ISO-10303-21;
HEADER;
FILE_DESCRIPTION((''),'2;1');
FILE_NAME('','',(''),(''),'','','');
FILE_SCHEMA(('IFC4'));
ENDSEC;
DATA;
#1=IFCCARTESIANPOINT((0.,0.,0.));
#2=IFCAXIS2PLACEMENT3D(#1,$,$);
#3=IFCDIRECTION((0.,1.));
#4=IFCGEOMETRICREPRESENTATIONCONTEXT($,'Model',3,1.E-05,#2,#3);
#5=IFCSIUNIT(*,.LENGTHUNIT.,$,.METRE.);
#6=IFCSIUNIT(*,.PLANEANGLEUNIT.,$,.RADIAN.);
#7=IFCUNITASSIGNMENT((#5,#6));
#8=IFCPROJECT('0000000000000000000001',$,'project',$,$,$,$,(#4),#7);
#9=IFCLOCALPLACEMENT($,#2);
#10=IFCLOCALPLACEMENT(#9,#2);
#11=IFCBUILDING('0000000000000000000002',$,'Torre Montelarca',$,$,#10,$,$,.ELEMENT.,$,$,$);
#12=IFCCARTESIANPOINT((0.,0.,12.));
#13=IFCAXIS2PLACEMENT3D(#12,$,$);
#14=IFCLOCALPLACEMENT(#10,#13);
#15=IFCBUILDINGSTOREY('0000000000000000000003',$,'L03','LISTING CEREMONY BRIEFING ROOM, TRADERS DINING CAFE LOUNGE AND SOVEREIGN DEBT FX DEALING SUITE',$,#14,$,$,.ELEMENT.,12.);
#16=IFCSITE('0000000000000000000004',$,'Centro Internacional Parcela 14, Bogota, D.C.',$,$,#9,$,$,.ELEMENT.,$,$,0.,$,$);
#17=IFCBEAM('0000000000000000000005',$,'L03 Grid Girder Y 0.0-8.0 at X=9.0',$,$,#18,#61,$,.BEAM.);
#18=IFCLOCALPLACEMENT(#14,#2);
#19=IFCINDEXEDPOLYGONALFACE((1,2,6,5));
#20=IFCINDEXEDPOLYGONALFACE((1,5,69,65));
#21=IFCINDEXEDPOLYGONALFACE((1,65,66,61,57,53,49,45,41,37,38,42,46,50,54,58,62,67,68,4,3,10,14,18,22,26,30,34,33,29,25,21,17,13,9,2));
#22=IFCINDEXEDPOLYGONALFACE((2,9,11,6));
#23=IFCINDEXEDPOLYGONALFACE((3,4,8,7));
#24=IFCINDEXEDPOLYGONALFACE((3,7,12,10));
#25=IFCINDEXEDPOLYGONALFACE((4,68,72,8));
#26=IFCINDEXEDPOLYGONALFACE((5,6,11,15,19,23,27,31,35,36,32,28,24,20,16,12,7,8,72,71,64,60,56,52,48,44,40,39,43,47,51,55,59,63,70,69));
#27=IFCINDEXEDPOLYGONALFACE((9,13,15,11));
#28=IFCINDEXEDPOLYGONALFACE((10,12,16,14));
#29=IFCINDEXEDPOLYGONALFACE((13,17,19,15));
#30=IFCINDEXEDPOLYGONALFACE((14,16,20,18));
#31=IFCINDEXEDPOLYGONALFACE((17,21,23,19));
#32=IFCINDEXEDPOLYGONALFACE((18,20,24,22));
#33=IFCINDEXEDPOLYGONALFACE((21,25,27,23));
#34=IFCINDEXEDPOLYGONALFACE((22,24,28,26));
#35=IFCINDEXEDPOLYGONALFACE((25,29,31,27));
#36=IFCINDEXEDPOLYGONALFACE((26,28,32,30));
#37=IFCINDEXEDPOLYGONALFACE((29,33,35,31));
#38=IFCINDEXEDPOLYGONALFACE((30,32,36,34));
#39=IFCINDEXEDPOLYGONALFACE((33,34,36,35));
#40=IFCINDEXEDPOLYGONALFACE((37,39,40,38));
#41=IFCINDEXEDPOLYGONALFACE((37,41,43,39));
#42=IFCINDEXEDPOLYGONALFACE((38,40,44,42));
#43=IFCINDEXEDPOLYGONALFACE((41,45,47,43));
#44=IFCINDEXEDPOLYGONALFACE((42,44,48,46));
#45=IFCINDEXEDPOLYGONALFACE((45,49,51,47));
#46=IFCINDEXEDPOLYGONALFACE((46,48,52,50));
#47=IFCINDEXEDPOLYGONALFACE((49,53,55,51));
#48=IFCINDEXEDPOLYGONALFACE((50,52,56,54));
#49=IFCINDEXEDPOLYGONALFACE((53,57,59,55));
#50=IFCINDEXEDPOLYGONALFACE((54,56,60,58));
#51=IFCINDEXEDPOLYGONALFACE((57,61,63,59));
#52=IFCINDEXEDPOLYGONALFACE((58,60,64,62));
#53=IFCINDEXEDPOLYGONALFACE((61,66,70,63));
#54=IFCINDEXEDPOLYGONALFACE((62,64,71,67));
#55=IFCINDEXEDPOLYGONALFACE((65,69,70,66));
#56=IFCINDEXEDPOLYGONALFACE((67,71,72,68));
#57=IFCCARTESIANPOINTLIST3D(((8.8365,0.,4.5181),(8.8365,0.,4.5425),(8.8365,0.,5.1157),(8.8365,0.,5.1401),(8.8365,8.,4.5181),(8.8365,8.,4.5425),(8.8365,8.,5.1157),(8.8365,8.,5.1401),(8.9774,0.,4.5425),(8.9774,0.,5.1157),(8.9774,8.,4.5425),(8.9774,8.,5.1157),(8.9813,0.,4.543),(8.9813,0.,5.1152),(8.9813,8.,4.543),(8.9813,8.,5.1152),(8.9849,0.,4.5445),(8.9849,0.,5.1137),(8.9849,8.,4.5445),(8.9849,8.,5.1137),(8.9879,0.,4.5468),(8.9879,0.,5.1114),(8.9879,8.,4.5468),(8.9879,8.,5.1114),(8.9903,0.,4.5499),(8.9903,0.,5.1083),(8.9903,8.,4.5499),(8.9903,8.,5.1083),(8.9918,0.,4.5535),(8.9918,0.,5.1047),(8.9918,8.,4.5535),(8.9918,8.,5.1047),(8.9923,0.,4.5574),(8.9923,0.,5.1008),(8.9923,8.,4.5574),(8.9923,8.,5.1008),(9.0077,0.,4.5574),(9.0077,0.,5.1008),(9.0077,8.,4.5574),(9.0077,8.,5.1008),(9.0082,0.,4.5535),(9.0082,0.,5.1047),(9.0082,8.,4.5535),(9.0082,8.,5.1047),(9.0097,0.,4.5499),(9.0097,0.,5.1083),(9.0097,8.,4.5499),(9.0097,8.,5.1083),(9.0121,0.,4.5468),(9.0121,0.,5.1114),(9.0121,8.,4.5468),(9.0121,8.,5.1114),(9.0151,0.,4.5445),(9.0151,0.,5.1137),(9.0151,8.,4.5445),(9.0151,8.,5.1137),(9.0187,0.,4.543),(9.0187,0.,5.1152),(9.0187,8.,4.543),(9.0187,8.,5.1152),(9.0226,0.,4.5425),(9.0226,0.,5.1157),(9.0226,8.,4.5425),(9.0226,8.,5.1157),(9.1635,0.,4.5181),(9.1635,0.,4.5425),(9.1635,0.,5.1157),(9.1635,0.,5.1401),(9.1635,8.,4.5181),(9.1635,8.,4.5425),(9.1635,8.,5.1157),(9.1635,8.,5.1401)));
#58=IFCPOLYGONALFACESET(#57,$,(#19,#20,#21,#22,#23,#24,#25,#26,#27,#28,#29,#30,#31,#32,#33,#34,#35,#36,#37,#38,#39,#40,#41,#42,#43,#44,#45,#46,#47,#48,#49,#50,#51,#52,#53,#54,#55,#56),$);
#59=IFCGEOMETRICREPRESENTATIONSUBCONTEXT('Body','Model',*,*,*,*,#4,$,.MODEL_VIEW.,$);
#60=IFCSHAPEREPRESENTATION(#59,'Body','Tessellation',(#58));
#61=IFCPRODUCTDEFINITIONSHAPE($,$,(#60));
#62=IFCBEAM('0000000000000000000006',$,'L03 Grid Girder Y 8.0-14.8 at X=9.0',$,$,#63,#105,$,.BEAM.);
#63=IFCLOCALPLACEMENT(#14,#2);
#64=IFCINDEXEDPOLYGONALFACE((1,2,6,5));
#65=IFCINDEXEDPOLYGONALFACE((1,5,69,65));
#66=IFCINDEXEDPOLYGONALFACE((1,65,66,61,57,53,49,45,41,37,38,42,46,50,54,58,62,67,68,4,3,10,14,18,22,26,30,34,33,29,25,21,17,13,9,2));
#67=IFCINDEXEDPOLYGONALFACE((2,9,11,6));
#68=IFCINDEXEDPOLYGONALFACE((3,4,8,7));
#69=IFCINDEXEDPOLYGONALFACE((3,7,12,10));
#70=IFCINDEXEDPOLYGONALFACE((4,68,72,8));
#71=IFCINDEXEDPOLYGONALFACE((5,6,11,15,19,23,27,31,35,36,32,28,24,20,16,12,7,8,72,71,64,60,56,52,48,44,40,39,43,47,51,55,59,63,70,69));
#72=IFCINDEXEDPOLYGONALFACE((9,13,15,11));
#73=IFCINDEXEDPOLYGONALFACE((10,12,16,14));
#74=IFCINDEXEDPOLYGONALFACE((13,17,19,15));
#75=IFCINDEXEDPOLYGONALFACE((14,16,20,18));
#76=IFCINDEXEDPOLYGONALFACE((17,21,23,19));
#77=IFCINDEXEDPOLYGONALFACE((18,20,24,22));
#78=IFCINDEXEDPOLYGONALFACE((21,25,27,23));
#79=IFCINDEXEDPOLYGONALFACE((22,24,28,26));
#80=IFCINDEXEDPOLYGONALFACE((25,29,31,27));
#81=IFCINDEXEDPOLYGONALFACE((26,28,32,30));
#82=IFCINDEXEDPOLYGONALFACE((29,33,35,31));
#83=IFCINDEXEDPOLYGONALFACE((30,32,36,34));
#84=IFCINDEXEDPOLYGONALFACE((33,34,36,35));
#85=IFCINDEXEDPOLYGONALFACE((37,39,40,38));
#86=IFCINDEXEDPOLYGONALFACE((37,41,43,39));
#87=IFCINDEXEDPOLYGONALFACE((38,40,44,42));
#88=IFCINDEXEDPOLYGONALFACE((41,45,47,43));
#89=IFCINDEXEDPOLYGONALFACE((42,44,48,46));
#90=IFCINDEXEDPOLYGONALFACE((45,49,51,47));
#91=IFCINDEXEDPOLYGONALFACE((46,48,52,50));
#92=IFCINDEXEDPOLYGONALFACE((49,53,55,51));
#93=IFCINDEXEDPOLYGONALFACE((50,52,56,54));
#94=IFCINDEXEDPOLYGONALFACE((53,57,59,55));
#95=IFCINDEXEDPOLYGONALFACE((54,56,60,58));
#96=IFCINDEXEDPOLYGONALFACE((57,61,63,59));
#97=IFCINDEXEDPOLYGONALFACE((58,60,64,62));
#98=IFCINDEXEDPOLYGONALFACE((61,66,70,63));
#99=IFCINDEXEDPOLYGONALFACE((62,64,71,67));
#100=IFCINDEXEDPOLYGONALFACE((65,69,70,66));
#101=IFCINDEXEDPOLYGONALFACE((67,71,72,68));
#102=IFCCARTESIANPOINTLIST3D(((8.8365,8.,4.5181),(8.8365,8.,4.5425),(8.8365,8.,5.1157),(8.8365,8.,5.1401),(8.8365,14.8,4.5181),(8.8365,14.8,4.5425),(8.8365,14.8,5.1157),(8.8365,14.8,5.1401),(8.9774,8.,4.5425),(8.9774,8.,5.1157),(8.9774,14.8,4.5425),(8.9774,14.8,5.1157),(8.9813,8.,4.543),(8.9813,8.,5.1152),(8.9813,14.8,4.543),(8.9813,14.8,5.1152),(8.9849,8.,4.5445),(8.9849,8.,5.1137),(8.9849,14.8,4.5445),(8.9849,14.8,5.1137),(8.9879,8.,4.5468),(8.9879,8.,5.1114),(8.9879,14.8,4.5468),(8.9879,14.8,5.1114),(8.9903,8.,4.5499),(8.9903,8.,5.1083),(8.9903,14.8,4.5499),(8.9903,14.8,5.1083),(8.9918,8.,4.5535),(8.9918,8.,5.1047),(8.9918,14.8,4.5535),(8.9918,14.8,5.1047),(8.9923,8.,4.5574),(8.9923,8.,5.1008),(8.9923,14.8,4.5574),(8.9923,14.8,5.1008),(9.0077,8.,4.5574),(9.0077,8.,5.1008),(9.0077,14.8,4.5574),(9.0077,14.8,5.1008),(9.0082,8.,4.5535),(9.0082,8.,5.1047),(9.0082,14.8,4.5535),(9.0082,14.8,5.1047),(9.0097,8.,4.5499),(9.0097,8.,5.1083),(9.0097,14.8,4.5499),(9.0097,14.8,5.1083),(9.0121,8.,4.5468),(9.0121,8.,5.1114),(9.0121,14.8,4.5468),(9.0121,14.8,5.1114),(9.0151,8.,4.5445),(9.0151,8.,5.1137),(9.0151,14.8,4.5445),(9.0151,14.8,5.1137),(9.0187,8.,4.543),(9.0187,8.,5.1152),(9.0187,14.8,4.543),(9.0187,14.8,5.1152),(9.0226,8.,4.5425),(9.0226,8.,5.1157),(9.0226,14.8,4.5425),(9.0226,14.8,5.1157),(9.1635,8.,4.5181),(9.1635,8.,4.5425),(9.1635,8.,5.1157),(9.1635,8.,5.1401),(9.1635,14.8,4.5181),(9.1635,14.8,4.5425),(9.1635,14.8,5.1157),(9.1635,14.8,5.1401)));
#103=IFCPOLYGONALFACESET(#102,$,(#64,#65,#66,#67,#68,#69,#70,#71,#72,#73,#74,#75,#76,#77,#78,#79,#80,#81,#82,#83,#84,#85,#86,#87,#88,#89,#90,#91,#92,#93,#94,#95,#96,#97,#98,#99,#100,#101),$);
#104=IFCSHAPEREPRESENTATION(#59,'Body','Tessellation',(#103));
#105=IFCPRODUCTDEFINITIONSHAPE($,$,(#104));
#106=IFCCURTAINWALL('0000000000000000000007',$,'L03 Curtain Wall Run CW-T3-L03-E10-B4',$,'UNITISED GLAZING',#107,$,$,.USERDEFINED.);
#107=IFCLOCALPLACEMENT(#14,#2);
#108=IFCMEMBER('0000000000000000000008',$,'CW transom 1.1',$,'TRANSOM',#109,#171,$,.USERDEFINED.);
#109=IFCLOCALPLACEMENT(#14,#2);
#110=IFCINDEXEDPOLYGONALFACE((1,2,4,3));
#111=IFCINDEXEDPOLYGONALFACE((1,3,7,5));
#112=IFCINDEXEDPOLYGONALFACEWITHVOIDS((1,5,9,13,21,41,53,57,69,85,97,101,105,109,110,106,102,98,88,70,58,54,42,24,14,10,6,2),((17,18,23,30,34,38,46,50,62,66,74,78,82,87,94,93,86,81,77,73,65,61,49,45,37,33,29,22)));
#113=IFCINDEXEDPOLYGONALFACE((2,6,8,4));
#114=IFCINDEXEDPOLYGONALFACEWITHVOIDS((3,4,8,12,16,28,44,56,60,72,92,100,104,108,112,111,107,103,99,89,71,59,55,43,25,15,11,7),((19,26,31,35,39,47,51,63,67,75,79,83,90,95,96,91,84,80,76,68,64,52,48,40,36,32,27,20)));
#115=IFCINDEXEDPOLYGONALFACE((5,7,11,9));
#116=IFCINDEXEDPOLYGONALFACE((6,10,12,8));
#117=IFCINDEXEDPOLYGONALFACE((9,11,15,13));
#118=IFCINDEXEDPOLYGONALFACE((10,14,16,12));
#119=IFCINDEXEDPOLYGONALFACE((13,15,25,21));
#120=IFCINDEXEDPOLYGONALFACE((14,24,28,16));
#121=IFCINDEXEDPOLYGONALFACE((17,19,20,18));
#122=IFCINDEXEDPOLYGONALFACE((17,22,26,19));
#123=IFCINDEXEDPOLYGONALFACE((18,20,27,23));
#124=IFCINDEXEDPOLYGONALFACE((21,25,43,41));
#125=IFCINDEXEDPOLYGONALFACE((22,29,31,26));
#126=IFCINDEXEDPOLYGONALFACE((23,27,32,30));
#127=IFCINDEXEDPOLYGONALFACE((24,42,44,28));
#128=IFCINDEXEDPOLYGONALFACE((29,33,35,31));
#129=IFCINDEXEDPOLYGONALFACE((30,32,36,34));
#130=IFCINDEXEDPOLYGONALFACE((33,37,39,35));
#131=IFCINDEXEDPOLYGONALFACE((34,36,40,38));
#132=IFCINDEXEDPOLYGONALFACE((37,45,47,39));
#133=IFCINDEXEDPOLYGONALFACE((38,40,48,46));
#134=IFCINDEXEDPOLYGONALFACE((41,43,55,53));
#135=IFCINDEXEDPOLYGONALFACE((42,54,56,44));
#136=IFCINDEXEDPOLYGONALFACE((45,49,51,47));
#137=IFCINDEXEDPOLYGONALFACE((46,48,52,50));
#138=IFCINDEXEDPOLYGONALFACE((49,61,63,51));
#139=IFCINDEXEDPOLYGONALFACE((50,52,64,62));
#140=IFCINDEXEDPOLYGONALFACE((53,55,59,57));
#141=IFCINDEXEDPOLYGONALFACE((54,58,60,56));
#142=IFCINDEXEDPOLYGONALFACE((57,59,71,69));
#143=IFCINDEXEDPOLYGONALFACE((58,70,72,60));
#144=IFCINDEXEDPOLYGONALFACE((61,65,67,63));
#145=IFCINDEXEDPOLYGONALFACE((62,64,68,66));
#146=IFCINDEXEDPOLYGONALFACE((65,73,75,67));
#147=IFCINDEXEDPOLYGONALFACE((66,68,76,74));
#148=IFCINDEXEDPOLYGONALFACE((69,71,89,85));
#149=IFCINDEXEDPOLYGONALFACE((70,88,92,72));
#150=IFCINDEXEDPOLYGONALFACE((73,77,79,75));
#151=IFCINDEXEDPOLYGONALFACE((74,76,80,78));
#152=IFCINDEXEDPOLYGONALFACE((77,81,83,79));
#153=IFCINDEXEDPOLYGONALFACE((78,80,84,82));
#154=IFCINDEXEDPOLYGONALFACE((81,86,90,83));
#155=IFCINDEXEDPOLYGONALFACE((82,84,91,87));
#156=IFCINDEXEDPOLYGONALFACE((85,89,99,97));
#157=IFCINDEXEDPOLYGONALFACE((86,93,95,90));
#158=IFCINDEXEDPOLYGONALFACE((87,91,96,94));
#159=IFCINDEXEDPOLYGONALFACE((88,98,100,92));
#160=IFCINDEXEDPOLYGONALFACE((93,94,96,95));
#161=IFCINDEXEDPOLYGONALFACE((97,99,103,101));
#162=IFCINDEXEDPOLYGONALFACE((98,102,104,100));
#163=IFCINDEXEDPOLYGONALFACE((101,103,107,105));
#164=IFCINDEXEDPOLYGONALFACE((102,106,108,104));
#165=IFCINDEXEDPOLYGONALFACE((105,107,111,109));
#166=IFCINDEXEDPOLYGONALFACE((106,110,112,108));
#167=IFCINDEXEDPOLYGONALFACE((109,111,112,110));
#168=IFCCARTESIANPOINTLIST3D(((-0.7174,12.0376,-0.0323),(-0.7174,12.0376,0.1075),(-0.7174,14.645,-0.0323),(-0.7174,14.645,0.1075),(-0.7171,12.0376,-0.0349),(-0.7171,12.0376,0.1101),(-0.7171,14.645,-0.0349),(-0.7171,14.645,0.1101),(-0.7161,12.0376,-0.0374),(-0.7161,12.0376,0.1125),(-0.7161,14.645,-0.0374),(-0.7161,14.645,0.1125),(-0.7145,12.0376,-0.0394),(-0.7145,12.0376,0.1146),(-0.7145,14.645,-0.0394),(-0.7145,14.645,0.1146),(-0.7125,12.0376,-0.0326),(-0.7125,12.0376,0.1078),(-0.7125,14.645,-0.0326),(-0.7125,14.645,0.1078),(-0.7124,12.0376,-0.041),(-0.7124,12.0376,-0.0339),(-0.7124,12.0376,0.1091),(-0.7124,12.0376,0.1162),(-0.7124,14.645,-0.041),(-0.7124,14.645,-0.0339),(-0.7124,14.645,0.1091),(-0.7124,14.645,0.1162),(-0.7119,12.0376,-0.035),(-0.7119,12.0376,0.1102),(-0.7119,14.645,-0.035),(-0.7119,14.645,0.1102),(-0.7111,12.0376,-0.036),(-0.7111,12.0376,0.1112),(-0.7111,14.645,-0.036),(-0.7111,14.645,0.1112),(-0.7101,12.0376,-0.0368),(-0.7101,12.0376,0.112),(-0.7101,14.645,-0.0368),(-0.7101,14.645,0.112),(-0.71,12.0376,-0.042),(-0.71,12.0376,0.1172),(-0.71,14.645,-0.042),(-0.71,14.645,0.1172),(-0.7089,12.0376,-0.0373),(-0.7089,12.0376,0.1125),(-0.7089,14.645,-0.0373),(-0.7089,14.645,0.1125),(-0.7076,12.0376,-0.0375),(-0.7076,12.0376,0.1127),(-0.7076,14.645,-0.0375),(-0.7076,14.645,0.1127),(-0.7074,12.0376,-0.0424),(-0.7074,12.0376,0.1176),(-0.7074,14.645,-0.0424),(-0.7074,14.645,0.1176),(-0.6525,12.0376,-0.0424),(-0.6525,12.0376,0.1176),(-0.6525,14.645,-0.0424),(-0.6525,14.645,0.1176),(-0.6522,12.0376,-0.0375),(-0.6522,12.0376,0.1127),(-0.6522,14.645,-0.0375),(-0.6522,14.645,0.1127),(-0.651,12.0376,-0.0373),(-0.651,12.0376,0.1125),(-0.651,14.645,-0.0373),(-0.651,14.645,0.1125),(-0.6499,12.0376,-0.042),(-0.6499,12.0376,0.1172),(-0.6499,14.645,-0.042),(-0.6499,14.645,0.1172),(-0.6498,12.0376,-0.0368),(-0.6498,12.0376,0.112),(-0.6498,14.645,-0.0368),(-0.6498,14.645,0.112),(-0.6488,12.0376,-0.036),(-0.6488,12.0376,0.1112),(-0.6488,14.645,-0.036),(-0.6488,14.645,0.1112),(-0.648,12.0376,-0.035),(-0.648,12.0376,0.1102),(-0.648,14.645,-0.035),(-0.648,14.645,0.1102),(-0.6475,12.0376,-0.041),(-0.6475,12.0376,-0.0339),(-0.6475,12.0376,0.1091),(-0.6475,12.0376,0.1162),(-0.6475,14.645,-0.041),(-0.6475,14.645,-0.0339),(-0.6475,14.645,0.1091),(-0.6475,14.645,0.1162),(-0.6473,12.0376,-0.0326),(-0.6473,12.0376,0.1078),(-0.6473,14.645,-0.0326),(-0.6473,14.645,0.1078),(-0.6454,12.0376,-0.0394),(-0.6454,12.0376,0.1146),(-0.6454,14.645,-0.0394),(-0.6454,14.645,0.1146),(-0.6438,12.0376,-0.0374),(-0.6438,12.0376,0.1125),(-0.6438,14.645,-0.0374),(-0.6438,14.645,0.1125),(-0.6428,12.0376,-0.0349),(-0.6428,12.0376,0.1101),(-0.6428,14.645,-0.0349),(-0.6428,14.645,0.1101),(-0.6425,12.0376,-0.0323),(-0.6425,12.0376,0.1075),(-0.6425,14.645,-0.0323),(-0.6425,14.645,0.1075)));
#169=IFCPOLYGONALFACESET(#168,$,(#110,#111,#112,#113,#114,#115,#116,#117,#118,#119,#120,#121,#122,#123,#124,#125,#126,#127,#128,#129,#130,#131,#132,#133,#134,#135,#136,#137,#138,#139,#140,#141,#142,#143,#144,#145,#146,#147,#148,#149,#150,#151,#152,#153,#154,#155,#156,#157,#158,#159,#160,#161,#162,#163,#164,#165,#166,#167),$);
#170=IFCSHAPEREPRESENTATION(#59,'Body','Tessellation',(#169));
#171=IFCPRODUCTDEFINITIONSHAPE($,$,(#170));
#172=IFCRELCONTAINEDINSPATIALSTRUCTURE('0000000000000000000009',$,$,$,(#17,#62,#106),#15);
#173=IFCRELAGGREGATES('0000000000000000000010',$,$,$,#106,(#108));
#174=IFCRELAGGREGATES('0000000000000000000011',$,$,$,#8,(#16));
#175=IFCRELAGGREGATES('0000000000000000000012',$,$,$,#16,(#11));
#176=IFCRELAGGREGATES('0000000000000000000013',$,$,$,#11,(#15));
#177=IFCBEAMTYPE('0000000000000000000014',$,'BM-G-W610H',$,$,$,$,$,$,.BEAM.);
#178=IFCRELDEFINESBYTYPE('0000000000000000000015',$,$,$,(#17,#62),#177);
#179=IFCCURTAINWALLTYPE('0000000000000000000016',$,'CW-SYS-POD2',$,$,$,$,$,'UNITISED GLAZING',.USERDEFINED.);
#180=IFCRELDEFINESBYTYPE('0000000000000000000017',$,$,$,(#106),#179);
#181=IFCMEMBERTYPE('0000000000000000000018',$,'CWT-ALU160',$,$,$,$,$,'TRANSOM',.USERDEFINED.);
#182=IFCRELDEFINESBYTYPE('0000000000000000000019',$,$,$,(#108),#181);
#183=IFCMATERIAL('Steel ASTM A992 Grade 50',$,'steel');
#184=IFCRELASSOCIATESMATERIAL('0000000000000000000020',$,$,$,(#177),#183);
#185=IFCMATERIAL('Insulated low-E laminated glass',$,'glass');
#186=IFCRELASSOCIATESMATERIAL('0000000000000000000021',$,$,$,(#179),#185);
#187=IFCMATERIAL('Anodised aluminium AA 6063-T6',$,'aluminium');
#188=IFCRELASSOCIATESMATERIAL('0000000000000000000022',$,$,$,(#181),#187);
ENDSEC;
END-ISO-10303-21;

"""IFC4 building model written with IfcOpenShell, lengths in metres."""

from ifc_helpers import new_model, si_unit, direction, frame, origin, origin_2d, place, context, subcontext, project, spatial, hollow_rectangle, i_section, extrude, source, transform, mapped, material, material_profile, profile_set, type_object, element, aggregate, save


model = new_model("IFC4")

# Units and contexts
model_context = context("Model", 3, precision=1e-05, world=origin(), true_north=direction((0.0, 1.0)))
body_context = subcontext(model_context, "Body", "Model", "MODEL_VIEW")
ifc_project = project(units=[si_unit("LENGTHUNIT", "METRE"), si_unit("PLANEANGLEUNIT", "RADIAN")], contexts=[model_context])

# Site, building, storey
site_placement = place(None, origin())
site = spatial("IfcSite", under=ifc_project, at=site_placement, Name="Centro Internacional Parcela 14, Bogota, D.C.", CompositionType="ELEMENT", RefElevation=0.0)
building_placement = place(site_placement, origin())
building = spatial("IfcBuilding", under=site, at=building_placement, Name="Torre Montelarca", CompositionType="ELEMENT")
storey_placement = place(building_placement, frame((0.0, 0.0, 12.0)))
storey = spatial("IfcBuildingStorey", under=building, at=storey_placement, Name="L03", Description="LISTING CEREMONY BRIEFING ROOM, TRADERS DINING CAFE LOUNGE AND SOVEREIGN DEBT FX DEALING SUITE", CompositionType="ELEMENT", Elevation=12.0)

# Beams
ifc_material_1 = material(Name="Steel ASTM A992 Grade 50", Category="steel")
ifc_material_profile_1 = material_profile(ifc_material_1, i_section(OverallWidth=0.3269, OverallDepth=0.6221, WebThickness=0.0154, FlangeThickness=0.0244, FilletRadius=0.0149, at=origin_2d()), Name="W610X195", Category="steel")
ifc_profile_set_1 = profile_set([ifc_material_profile_1], Name="Steel ASTM A992 Grade 50")
beam_type_1 = type_object("IfcBeamType", Name="BM-G-W610H", PredefinedType="BEAM", material=ifc_profile_set_1)
shared_shape_1 = source(origin(), body_context, "Body", "SweptSolid", [
    extrude(i_section(OverallWidth=0.3269, OverallDepth=0.6221, WebThickness=0.0154, FlangeThickness=0.0244, FilletRadius=0.0149, at=origin_2d()), origin(), (0.0, 0.0, 1.0), 8.0),
])
beam_1_placement = place(storey_placement, frame((9.0, 0.0, 4.8291), z_axis=(0.0, 1.0, 0.0), x_axis=(-1.0, 0.0, 0.0)))
element("IfcBeam", 1, at=beam_1_placement, inside=storey, type_object=beam_type_1, Name="L03 Grid Girder Y 0.0-8.0 at X=9.0", PredefinedType="BEAM", context=body_context, shape_type="MappedRepresentation", body=[
    mapped(shared_shape_1, transform((0.0, 0.0, 0.0), scale=1.0)),
])
shared_shape_2 = source(origin(), body_context, "Body", "SweptSolid", [
    extrude(i_section(OverallWidth=0.3269, OverallDepth=0.6221, WebThickness=0.0154, FlangeThickness=0.0244, FilletRadius=0.0149, at=origin_2d()), origin(), (0.0, 0.0, 1.0), 6.8),
])
beam_2_placement = place(storey_placement, frame((9.0, 8.0, 4.8291), z_axis=(0.0, 1.0, 0.0), x_axis=(-1.0, 0.0, 0.0)))
element("IfcBeam", 2, at=beam_2_placement, inside=storey, type_object=beam_type_1, Name="L03 Grid Girder Y 8.0-14.8 at X=9.0", PredefinedType="BEAM", context=body_context, shape_type="MappedRepresentation", body=[
    mapped(shared_shape_2, transform((0.0, 0.0, 0.0), scale=1.0)),
])

# Curtain wall, member
ifc_material_2 = material(Name="Insulated low-E laminated glass", Category="glass")
curtain_wall_type = type_object("IfcCurtainWallType", Name="CW-SYS-POD2", ElementType="UNITISED GLAZING", PredefinedType="USERDEFINED", material=ifc_material_2)
curtain_wall_placement = place(storey_placement, origin())
curtain_wall = element("IfcCurtainWall", 3, at=curtain_wall_placement, inside=storey, type_object=curtain_wall_type, Name="L03 Curtain Wall Run CW-T3-L03-E10-B4", ObjectType="UNITISED GLAZING", PredefinedType="USERDEFINED")
ifc_material_3 = material(Name="Anodised aluminium AA 6063-T6", Category="aluminium")
ifc_material_profile_2 = material_profile(ifc_material_3, hollow_rectangle(XDim=0.075, YDim=0.1599, WallThickness=0.0049, InnerFilletRadius=0.0049, OuterFilletRadius=0.01, at=origin_2d()), Name="ALU75X160X5", Category="aluminium")
ifc_profile_set_2 = profile_set([ifc_material_profile_2], Name="Anodised aluminium AA 6063-T6")
member_type_1 = type_object("IfcMemberType", Name="CWT-ALU160", ElementType="TRANSOM", PredefinedType="USERDEFINED", material=ifc_profile_set_2)
shared_shape_3 = source(origin(), body_context, "Body", "SweptSolid", [
    extrude(hollow_rectangle(XDim=0.075, YDim=0.1599, WallThickness=0.0049, InnerFilletRadius=0.0049, OuterFilletRadius=0.01, at=origin_2d()), origin(), (0.0, 0.0, 1.0), 2.6074),
])
member_1_placement = place(storey_placement, frame((-0.6799, 14.645, 0.0376), z_axis=(0.0, -1.0, 0.0), x_axis=(1.0, 0.0, 0.0)))
member_1 = element("IfcMember", 4, at=member_1_placement, type_object=member_type_1, Name="CW transom 1.1", ObjectType="TRANSOM", PredefinedType="USERDEFINED", context=body_context, shape_type="MappedRepresentation", body=[
    mapped(shared_shape_3, transform((0.0, 0.0, 0.0), scale=1.0)),
])

aggregate(curtain_wall, [member_1])

save(model, "model.ifc")
